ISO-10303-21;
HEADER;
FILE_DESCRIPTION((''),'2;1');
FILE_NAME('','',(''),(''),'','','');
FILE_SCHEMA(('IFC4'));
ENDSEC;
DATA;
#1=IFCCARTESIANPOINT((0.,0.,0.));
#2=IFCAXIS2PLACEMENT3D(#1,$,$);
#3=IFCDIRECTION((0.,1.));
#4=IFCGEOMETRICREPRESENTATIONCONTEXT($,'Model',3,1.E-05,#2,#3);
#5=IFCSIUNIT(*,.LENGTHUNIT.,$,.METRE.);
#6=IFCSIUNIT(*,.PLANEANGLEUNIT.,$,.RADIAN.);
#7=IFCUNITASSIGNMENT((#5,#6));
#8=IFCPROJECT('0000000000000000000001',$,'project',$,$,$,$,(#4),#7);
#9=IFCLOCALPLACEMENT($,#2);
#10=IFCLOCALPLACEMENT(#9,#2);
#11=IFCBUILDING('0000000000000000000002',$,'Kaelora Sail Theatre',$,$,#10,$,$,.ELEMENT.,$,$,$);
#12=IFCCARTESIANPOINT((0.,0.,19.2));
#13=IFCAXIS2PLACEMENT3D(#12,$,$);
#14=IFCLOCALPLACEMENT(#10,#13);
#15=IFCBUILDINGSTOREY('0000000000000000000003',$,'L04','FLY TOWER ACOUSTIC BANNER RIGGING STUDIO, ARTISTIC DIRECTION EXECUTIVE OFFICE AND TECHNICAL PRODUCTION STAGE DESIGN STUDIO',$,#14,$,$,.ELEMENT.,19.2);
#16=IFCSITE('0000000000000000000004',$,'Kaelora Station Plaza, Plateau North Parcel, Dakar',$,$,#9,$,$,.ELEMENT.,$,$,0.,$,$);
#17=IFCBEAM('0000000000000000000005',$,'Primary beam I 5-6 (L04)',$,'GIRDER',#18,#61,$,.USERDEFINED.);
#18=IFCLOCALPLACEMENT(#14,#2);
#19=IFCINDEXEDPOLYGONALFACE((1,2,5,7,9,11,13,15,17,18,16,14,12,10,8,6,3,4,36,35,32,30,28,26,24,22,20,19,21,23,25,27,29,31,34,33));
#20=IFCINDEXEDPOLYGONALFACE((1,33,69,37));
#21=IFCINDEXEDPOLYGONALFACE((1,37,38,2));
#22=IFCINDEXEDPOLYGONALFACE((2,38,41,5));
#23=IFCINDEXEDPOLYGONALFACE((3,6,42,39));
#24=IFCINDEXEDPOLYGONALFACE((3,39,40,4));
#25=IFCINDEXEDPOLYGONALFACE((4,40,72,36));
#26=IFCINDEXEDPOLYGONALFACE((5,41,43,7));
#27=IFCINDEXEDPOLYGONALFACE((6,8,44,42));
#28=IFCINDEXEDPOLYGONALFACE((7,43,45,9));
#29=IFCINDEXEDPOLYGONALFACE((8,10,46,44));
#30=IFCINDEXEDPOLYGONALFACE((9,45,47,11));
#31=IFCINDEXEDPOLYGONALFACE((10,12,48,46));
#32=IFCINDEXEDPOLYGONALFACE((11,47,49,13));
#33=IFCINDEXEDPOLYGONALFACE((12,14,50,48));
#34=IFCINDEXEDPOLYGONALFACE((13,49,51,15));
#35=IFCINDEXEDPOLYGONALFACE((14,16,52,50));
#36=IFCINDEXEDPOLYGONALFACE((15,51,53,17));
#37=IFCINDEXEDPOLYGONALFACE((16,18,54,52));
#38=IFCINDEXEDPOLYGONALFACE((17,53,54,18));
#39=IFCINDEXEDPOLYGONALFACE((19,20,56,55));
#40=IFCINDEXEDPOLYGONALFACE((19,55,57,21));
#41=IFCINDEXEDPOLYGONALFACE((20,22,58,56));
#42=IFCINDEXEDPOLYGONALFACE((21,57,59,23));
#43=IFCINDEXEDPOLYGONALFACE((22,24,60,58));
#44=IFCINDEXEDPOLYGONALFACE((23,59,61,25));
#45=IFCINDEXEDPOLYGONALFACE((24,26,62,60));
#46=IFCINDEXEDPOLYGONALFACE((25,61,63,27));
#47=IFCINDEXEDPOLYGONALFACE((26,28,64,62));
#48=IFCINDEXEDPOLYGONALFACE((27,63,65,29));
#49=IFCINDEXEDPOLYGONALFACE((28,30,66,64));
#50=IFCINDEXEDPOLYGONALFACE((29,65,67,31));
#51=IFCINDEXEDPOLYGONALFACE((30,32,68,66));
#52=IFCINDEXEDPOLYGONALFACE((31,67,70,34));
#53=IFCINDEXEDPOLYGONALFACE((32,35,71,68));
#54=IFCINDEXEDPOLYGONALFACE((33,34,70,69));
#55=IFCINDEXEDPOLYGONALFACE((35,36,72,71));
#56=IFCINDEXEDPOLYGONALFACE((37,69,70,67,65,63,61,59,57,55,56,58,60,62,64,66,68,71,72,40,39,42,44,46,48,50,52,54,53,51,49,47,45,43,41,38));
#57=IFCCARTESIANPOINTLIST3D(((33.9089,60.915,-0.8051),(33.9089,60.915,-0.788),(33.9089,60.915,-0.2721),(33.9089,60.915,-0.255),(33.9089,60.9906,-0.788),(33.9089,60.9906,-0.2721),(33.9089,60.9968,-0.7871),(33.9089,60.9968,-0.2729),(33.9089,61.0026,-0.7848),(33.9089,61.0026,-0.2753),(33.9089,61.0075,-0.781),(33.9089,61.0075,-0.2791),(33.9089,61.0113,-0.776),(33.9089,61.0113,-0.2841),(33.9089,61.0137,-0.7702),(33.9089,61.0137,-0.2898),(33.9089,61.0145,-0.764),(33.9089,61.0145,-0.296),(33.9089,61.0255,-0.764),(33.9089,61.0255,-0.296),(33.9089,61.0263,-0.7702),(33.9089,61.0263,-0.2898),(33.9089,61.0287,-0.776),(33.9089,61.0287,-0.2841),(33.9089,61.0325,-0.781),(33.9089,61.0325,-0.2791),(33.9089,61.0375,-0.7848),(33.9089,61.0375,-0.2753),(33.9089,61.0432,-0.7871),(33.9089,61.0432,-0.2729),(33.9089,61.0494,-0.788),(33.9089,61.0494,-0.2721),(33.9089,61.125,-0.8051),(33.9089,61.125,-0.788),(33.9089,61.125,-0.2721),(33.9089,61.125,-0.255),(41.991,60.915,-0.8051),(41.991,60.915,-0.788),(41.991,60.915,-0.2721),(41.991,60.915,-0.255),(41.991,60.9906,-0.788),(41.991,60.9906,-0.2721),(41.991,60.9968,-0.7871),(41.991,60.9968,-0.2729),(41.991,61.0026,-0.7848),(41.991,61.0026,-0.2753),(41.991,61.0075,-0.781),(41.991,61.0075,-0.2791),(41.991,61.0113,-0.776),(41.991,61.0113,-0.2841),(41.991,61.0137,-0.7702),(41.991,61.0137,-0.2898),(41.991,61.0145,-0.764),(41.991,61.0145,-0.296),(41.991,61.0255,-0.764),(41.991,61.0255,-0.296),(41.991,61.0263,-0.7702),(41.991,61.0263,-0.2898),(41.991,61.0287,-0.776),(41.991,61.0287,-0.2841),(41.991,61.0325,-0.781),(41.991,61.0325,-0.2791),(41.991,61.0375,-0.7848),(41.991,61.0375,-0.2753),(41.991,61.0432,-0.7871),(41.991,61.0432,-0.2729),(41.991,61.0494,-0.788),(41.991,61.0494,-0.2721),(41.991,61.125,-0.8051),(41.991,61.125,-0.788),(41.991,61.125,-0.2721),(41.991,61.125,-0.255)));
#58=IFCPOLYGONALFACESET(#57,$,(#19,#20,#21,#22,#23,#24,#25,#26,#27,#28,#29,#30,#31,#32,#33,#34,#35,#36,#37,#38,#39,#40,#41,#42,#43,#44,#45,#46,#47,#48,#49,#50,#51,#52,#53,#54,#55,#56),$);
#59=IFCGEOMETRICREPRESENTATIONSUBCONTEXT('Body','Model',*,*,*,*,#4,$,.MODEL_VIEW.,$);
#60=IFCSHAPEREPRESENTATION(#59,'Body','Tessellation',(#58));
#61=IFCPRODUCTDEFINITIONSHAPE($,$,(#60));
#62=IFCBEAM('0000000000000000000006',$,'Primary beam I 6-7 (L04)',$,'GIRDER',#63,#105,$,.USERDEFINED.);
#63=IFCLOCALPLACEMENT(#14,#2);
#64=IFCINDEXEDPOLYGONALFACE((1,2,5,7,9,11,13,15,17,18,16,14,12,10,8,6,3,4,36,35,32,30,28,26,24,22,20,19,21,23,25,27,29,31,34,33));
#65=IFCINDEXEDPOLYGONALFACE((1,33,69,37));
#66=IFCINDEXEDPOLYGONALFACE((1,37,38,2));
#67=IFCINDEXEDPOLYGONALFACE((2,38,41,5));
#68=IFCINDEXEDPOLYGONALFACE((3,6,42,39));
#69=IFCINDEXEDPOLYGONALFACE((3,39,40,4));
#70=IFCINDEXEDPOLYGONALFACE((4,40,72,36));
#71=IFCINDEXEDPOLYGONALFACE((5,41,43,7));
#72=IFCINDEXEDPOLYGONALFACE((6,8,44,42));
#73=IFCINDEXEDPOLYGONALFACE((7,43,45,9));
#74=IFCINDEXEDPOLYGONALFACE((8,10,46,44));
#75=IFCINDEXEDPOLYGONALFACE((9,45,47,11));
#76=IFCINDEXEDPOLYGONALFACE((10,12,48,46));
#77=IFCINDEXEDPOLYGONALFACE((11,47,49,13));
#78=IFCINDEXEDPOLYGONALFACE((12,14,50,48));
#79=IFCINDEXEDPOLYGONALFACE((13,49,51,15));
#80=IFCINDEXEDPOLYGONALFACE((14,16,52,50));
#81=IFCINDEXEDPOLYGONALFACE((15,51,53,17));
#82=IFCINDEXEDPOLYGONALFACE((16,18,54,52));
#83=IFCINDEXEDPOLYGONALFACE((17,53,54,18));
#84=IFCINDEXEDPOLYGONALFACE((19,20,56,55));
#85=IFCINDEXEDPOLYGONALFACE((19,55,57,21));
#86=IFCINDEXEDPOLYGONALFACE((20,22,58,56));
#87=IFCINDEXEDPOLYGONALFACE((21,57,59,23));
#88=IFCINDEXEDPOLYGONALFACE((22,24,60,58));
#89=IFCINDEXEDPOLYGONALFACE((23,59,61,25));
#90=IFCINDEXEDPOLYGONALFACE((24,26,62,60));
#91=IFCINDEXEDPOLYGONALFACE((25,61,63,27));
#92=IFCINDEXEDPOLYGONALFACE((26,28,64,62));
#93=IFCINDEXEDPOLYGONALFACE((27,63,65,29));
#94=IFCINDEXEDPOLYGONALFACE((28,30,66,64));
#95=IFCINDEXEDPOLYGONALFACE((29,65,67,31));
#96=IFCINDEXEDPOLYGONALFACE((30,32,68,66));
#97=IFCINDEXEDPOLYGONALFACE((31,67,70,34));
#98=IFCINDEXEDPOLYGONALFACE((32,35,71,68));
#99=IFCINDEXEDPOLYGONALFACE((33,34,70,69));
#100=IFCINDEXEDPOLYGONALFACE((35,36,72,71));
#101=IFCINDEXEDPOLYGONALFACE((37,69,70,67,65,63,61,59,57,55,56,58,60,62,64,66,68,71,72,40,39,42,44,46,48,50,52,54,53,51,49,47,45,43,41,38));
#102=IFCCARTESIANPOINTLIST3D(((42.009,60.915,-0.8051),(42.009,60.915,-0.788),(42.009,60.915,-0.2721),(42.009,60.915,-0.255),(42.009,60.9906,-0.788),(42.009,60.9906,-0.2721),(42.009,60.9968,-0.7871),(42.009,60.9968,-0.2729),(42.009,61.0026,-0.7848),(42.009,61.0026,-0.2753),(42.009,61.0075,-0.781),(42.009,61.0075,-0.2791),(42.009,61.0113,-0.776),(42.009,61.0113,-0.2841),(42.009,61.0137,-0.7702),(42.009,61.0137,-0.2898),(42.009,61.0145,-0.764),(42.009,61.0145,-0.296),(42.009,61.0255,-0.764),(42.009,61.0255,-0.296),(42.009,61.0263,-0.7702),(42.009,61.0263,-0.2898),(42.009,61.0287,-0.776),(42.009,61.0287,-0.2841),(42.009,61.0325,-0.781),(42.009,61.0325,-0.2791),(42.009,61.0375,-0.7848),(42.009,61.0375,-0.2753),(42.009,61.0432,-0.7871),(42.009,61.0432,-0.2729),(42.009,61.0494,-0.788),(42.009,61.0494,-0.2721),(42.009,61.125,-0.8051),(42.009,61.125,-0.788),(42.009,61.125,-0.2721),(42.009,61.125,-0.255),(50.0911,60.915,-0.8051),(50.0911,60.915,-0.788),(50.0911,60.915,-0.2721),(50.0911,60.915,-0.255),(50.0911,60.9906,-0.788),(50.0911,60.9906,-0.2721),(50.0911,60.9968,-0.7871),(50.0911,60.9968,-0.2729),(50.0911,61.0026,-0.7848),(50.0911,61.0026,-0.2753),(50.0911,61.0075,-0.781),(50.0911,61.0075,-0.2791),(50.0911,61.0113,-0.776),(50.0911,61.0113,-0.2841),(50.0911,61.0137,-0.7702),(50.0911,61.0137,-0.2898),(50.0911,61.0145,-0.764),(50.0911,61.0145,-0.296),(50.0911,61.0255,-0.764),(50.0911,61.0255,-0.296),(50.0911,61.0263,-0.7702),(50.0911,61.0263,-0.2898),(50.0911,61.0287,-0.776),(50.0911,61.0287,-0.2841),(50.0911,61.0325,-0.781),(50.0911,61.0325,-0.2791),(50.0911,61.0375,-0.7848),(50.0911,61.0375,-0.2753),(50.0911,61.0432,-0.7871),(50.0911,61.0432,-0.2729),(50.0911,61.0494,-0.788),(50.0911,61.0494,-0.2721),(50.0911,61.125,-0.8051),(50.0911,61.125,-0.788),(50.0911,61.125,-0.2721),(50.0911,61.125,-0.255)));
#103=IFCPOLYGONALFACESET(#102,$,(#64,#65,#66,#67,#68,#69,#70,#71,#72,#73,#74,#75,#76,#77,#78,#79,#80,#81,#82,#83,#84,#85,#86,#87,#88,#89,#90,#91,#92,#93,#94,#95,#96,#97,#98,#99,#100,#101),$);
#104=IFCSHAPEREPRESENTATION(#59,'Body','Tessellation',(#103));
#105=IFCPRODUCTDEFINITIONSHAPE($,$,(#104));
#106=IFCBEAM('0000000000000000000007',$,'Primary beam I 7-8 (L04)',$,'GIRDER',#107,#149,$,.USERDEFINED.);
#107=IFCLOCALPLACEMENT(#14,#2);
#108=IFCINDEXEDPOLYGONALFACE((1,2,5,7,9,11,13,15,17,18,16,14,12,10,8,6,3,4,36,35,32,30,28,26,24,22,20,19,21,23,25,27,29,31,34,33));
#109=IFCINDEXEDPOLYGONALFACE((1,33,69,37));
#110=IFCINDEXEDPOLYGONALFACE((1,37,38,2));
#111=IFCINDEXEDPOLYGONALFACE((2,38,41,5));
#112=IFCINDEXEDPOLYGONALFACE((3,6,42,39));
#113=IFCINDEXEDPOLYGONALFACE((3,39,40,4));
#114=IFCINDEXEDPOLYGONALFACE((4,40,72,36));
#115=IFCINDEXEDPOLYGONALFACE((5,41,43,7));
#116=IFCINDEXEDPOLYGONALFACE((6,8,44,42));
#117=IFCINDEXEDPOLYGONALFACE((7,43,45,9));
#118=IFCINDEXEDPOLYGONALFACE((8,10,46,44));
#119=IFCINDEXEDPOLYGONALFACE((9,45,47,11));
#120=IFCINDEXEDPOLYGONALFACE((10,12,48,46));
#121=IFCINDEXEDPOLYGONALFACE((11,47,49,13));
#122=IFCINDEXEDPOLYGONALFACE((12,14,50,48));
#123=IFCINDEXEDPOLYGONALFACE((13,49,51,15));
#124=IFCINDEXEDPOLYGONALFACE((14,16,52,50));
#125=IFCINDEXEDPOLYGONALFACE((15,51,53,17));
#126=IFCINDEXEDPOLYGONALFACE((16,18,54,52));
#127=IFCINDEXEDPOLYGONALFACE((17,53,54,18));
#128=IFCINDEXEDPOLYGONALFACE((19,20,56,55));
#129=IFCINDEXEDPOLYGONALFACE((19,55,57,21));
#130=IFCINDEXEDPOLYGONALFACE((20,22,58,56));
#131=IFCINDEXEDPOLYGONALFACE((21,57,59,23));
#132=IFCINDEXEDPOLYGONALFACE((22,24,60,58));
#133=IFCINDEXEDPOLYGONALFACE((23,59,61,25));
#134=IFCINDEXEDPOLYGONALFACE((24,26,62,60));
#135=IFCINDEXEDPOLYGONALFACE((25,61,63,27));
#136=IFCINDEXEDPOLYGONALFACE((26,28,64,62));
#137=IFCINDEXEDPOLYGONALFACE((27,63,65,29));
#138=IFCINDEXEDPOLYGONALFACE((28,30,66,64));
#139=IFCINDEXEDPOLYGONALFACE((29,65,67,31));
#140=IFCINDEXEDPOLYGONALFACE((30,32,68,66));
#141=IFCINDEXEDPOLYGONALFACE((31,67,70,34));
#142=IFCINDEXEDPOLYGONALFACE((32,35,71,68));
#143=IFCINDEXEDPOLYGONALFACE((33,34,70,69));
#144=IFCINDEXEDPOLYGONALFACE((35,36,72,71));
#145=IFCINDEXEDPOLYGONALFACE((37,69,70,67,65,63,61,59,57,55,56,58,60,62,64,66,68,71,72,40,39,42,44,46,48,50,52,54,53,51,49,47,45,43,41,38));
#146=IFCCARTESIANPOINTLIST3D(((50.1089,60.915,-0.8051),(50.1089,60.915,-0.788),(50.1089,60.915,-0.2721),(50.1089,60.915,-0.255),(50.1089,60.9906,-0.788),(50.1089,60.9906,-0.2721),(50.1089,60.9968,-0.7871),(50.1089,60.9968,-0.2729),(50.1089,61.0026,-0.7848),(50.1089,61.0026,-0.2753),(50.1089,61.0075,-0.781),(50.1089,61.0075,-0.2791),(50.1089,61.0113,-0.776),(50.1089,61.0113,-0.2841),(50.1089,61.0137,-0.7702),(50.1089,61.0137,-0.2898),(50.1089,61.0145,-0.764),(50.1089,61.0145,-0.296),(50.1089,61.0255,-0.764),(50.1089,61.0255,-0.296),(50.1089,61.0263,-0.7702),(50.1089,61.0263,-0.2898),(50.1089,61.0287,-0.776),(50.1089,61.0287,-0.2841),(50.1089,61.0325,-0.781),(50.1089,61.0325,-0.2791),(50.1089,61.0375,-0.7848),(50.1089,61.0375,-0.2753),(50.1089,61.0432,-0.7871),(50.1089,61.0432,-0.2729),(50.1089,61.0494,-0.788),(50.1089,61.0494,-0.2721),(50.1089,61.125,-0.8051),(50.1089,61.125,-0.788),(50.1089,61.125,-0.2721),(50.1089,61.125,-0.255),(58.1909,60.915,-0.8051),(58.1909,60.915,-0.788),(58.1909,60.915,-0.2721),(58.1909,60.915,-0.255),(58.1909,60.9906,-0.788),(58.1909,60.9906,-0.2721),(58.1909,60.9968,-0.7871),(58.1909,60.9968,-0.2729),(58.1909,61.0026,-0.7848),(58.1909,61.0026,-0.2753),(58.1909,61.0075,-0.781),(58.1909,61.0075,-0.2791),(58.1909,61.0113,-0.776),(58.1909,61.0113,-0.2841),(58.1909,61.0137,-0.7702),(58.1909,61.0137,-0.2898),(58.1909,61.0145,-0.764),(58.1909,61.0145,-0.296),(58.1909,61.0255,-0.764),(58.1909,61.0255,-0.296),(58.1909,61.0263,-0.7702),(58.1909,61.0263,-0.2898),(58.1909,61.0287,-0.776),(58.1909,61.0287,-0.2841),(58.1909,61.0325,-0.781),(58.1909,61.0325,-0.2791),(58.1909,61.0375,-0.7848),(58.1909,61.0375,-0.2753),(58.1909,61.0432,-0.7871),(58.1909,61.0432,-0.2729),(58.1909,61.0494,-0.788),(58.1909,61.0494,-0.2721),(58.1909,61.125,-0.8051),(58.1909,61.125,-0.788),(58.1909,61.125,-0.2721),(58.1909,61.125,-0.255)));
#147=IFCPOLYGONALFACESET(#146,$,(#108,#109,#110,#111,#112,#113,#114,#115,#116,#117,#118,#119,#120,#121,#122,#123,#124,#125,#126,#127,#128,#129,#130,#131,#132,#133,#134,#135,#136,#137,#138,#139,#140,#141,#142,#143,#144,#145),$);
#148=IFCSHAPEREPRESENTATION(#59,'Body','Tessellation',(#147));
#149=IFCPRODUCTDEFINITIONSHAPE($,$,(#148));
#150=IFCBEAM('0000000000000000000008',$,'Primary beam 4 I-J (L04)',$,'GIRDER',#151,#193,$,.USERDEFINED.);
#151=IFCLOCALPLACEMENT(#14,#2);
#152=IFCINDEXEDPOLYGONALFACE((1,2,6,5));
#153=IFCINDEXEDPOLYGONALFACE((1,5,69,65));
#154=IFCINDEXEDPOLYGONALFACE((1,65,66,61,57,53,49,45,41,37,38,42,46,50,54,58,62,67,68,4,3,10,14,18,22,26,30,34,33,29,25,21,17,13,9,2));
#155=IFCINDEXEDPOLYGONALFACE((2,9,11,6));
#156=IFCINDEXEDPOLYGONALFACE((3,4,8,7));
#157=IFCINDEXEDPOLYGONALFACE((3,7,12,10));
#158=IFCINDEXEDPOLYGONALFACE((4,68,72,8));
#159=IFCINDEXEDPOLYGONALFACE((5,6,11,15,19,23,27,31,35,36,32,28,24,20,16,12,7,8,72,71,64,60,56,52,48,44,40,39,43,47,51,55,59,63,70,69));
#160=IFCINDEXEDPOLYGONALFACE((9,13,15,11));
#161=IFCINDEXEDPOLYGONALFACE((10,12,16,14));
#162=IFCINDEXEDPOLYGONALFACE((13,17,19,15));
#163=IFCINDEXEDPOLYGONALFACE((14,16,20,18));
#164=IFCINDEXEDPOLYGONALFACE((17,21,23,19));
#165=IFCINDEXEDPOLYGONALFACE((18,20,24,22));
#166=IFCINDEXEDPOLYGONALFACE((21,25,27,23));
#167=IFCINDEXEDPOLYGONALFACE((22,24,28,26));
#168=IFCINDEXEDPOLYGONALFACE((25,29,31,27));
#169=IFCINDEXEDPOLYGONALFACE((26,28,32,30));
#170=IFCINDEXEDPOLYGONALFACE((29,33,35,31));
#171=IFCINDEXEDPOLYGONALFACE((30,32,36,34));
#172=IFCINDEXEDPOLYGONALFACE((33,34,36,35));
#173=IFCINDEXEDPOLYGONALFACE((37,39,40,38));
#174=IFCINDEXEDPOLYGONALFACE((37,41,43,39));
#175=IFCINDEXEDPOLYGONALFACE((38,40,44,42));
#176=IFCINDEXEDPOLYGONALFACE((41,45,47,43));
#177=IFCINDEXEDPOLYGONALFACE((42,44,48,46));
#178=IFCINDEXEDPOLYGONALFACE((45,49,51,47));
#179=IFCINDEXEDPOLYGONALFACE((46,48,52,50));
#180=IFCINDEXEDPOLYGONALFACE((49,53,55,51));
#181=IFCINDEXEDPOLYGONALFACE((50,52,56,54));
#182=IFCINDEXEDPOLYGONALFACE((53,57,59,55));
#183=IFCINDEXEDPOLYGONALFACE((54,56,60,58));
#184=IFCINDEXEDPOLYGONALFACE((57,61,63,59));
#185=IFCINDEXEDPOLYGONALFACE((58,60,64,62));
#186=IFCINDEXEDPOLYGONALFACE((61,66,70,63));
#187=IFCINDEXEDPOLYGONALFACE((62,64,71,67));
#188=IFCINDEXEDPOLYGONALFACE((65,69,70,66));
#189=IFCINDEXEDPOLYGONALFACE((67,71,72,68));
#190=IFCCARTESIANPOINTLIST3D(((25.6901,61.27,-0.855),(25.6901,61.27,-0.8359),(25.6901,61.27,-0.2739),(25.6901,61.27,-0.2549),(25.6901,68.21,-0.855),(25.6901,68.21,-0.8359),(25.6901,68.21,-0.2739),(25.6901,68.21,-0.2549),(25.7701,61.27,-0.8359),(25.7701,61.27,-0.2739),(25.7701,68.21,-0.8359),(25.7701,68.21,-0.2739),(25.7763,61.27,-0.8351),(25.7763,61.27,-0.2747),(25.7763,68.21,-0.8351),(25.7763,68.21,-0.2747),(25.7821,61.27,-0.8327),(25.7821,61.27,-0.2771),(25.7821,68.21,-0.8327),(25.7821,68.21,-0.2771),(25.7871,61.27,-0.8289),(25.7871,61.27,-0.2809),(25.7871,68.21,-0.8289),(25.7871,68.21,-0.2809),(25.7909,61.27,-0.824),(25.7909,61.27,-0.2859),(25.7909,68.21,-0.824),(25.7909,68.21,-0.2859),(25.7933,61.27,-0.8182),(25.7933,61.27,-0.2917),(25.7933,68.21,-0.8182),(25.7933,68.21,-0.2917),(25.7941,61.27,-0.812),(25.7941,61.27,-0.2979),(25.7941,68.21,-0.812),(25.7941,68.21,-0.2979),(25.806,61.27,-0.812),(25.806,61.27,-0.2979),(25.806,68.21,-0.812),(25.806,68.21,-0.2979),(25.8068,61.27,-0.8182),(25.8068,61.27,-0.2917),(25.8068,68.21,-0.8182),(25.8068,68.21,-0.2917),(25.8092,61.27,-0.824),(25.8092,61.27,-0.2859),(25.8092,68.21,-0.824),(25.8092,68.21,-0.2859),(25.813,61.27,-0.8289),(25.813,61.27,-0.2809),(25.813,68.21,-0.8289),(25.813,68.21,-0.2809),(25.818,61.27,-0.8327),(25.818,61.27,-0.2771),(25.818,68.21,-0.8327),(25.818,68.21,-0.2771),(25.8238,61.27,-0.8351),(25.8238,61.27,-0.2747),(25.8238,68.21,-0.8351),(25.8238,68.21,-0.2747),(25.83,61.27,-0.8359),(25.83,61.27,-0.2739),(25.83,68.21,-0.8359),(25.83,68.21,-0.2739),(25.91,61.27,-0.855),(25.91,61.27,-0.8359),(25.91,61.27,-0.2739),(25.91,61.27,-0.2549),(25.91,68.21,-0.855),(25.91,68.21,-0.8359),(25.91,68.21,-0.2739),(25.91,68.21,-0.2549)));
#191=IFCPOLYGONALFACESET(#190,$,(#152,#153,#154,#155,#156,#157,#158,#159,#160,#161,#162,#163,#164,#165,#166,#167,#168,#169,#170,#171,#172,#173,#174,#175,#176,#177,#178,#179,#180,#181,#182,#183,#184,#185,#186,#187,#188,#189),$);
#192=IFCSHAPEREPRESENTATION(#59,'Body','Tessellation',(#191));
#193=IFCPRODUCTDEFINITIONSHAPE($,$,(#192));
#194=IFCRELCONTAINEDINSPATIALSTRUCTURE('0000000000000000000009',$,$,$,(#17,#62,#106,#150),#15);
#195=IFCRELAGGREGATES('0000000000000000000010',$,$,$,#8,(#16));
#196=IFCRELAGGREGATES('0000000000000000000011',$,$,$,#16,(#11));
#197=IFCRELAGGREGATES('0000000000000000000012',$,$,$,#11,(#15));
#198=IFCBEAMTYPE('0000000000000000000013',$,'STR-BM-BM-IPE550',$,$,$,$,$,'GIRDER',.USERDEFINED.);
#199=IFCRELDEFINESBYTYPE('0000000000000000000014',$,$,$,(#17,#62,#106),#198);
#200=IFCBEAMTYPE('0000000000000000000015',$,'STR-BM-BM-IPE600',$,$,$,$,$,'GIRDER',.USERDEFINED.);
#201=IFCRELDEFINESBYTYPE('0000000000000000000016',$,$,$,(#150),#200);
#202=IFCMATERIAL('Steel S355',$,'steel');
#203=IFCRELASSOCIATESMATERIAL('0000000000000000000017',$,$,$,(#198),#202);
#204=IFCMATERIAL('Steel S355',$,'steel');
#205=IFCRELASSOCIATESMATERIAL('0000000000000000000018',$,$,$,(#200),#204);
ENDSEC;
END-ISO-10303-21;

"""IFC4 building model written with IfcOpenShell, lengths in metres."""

from ifc_helpers import new_model, si_unit, direction, frame, origin, origin_2d, place, context, subcontext, project, spatial, i_section, extrude, material, material_profile, profile_set, type_object, element, save


model = new_model("IFC4")

# Units and contexts
model_context = context("Model", 3, precision=1e-05, world=origin(), true_north=direction((0.0, 1.0)))
body_context = subcontext(model_context, "Body", "Model", "MODEL_VIEW")
ifc_project = project(units=[si_unit("LENGTHUNIT", "METRE"), si_unit("PLANEANGLEUNIT", "RADIAN")], contexts=[model_context])

# Site, building, storey
site_placement = place(None, origin())
site = spatial("IfcSite", under=ifc_project, at=site_placement, Name="Kaelora Station Plaza, Plateau North Parcel, Dakar", CompositionType="ELEMENT", RefElevation=0.0)
building_placement = place(site_placement, origin())
building = spatial("IfcBuilding", under=site, at=building_placement, Name="Kaelora Sail Theatre", CompositionType="ELEMENT")
storey_placement = place(building_placement, frame((0.0, 0.0, 19.2)))
storey = spatial("IfcBuildingStorey", under=building, at=storey_placement, Name="L04", Description="FLY TOWER ACOUSTIC BANNER RIGGING STUDIO, ARTISTIC DIRECTION EXECUTIVE OFFICE AND TECHNICAL PRODUCTION STAGE DESIGN STUDIO", CompositionType="ELEMENT", Elevation=19.2)

# Beams
ifc_material_1 = material(Name="Steel S355", Category="steel")
ifc_material_profile_1 = material_profile(ifc_material_1, i_section(OverallWidth=0.21, OverallDepth=0.55, WebThickness=0.011, FlangeThickness=0.0171, FilletRadius=0.0239, at=origin_2d()), Name="IPE 550")
ifc_profile_set_1 = profile_set([ifc_material_profile_1], Name="Steel S355")
beam_type_1 = type_object("IfcBeamType", Name="STR-BM-BM-IPE550", ElementType="GIRDER", PredefinedType="USERDEFINED", material=ifc_profile_set_1)
for number, where, z_axis, x_axis, name in (
    (1, (33.9089, 61.02, -0.53), (1.0, 0.0, 0.0), (0.0, 1.0, 0.0), "Primary beam I 5-6 (L04)"),
    (2, (42.009, 61.02, -0.53), (1.0, 0.0, 0.0), (0.0, 1.0, 0.0), "Primary beam I 6-7 (L04)"),
    (3, (50.1089, 61.02, -0.53), (1.0, 0.0, 0.0), (0.0, 1.0, 0.0), "Primary beam I 7-8 (L04)"),
):
    element("IfcBeam", number, at=place(storey_placement, frame(where, z_axis=z_axis, x_axis=x_axis)), inside=storey, type_object=beam_type_1, Name=name, ObjectType="GIRDER", PredefinedType="USERDEFINED", context=body_context, shape_type="SweptSolid", body=[
        extrude(i_section(OverallWidth=0.21, OverallDepth=0.55, WebThickness=0.011, FlangeThickness=0.0171, FilletRadius=0.0239, at=origin_2d()), origin(), (0.0, 0.0, 1.0), 8.082),
    ])
ifc_material_2 = material(Name="Steel S355", Category="steel")
ifc_material_profile_2 = material_profile(ifc_material_2, i_section(OverallWidth=0.22, OverallDepth=0.6001, WebThickness=0.012, FlangeThickness=0.019, FilletRadius=0.0239, at=origin_2d()), Name="IPE 600")
ifc_profile_set_2 = profile_set([ifc_material_profile_2], Name="Steel S355")
beam_type_2 = type_object("IfcBeamType", Name="STR-BM-BM-IPE600", ElementType="GIRDER", PredefinedType="USERDEFINED", material=ifc_profile_set_2)
beam_placement = place(storey_placement, frame((25.8, 61.27, -0.5549), z_axis=(0.0, 1.0, 0.0), x_axis=(-1.0, 0.0, 0.0)))
element("IfcBeam", 4, at=beam_placement, inside=storey, type_object=beam_type_2, Name="Primary beam 4 I-J (L04)", ObjectType="GIRDER", PredefinedType="USERDEFINED", context=body_context, shape_type="SweptSolid", body=[
    extrude(i_section(OverallWidth=0.22, OverallDepth=0.6001, WebThickness=0.012, FlangeThickness=0.019, FilletRadius=0.0239, at=origin_2d()), origin(), (0.0, 0.0, 1.0), 6.9399),
])

save(model, "model.ifc")
